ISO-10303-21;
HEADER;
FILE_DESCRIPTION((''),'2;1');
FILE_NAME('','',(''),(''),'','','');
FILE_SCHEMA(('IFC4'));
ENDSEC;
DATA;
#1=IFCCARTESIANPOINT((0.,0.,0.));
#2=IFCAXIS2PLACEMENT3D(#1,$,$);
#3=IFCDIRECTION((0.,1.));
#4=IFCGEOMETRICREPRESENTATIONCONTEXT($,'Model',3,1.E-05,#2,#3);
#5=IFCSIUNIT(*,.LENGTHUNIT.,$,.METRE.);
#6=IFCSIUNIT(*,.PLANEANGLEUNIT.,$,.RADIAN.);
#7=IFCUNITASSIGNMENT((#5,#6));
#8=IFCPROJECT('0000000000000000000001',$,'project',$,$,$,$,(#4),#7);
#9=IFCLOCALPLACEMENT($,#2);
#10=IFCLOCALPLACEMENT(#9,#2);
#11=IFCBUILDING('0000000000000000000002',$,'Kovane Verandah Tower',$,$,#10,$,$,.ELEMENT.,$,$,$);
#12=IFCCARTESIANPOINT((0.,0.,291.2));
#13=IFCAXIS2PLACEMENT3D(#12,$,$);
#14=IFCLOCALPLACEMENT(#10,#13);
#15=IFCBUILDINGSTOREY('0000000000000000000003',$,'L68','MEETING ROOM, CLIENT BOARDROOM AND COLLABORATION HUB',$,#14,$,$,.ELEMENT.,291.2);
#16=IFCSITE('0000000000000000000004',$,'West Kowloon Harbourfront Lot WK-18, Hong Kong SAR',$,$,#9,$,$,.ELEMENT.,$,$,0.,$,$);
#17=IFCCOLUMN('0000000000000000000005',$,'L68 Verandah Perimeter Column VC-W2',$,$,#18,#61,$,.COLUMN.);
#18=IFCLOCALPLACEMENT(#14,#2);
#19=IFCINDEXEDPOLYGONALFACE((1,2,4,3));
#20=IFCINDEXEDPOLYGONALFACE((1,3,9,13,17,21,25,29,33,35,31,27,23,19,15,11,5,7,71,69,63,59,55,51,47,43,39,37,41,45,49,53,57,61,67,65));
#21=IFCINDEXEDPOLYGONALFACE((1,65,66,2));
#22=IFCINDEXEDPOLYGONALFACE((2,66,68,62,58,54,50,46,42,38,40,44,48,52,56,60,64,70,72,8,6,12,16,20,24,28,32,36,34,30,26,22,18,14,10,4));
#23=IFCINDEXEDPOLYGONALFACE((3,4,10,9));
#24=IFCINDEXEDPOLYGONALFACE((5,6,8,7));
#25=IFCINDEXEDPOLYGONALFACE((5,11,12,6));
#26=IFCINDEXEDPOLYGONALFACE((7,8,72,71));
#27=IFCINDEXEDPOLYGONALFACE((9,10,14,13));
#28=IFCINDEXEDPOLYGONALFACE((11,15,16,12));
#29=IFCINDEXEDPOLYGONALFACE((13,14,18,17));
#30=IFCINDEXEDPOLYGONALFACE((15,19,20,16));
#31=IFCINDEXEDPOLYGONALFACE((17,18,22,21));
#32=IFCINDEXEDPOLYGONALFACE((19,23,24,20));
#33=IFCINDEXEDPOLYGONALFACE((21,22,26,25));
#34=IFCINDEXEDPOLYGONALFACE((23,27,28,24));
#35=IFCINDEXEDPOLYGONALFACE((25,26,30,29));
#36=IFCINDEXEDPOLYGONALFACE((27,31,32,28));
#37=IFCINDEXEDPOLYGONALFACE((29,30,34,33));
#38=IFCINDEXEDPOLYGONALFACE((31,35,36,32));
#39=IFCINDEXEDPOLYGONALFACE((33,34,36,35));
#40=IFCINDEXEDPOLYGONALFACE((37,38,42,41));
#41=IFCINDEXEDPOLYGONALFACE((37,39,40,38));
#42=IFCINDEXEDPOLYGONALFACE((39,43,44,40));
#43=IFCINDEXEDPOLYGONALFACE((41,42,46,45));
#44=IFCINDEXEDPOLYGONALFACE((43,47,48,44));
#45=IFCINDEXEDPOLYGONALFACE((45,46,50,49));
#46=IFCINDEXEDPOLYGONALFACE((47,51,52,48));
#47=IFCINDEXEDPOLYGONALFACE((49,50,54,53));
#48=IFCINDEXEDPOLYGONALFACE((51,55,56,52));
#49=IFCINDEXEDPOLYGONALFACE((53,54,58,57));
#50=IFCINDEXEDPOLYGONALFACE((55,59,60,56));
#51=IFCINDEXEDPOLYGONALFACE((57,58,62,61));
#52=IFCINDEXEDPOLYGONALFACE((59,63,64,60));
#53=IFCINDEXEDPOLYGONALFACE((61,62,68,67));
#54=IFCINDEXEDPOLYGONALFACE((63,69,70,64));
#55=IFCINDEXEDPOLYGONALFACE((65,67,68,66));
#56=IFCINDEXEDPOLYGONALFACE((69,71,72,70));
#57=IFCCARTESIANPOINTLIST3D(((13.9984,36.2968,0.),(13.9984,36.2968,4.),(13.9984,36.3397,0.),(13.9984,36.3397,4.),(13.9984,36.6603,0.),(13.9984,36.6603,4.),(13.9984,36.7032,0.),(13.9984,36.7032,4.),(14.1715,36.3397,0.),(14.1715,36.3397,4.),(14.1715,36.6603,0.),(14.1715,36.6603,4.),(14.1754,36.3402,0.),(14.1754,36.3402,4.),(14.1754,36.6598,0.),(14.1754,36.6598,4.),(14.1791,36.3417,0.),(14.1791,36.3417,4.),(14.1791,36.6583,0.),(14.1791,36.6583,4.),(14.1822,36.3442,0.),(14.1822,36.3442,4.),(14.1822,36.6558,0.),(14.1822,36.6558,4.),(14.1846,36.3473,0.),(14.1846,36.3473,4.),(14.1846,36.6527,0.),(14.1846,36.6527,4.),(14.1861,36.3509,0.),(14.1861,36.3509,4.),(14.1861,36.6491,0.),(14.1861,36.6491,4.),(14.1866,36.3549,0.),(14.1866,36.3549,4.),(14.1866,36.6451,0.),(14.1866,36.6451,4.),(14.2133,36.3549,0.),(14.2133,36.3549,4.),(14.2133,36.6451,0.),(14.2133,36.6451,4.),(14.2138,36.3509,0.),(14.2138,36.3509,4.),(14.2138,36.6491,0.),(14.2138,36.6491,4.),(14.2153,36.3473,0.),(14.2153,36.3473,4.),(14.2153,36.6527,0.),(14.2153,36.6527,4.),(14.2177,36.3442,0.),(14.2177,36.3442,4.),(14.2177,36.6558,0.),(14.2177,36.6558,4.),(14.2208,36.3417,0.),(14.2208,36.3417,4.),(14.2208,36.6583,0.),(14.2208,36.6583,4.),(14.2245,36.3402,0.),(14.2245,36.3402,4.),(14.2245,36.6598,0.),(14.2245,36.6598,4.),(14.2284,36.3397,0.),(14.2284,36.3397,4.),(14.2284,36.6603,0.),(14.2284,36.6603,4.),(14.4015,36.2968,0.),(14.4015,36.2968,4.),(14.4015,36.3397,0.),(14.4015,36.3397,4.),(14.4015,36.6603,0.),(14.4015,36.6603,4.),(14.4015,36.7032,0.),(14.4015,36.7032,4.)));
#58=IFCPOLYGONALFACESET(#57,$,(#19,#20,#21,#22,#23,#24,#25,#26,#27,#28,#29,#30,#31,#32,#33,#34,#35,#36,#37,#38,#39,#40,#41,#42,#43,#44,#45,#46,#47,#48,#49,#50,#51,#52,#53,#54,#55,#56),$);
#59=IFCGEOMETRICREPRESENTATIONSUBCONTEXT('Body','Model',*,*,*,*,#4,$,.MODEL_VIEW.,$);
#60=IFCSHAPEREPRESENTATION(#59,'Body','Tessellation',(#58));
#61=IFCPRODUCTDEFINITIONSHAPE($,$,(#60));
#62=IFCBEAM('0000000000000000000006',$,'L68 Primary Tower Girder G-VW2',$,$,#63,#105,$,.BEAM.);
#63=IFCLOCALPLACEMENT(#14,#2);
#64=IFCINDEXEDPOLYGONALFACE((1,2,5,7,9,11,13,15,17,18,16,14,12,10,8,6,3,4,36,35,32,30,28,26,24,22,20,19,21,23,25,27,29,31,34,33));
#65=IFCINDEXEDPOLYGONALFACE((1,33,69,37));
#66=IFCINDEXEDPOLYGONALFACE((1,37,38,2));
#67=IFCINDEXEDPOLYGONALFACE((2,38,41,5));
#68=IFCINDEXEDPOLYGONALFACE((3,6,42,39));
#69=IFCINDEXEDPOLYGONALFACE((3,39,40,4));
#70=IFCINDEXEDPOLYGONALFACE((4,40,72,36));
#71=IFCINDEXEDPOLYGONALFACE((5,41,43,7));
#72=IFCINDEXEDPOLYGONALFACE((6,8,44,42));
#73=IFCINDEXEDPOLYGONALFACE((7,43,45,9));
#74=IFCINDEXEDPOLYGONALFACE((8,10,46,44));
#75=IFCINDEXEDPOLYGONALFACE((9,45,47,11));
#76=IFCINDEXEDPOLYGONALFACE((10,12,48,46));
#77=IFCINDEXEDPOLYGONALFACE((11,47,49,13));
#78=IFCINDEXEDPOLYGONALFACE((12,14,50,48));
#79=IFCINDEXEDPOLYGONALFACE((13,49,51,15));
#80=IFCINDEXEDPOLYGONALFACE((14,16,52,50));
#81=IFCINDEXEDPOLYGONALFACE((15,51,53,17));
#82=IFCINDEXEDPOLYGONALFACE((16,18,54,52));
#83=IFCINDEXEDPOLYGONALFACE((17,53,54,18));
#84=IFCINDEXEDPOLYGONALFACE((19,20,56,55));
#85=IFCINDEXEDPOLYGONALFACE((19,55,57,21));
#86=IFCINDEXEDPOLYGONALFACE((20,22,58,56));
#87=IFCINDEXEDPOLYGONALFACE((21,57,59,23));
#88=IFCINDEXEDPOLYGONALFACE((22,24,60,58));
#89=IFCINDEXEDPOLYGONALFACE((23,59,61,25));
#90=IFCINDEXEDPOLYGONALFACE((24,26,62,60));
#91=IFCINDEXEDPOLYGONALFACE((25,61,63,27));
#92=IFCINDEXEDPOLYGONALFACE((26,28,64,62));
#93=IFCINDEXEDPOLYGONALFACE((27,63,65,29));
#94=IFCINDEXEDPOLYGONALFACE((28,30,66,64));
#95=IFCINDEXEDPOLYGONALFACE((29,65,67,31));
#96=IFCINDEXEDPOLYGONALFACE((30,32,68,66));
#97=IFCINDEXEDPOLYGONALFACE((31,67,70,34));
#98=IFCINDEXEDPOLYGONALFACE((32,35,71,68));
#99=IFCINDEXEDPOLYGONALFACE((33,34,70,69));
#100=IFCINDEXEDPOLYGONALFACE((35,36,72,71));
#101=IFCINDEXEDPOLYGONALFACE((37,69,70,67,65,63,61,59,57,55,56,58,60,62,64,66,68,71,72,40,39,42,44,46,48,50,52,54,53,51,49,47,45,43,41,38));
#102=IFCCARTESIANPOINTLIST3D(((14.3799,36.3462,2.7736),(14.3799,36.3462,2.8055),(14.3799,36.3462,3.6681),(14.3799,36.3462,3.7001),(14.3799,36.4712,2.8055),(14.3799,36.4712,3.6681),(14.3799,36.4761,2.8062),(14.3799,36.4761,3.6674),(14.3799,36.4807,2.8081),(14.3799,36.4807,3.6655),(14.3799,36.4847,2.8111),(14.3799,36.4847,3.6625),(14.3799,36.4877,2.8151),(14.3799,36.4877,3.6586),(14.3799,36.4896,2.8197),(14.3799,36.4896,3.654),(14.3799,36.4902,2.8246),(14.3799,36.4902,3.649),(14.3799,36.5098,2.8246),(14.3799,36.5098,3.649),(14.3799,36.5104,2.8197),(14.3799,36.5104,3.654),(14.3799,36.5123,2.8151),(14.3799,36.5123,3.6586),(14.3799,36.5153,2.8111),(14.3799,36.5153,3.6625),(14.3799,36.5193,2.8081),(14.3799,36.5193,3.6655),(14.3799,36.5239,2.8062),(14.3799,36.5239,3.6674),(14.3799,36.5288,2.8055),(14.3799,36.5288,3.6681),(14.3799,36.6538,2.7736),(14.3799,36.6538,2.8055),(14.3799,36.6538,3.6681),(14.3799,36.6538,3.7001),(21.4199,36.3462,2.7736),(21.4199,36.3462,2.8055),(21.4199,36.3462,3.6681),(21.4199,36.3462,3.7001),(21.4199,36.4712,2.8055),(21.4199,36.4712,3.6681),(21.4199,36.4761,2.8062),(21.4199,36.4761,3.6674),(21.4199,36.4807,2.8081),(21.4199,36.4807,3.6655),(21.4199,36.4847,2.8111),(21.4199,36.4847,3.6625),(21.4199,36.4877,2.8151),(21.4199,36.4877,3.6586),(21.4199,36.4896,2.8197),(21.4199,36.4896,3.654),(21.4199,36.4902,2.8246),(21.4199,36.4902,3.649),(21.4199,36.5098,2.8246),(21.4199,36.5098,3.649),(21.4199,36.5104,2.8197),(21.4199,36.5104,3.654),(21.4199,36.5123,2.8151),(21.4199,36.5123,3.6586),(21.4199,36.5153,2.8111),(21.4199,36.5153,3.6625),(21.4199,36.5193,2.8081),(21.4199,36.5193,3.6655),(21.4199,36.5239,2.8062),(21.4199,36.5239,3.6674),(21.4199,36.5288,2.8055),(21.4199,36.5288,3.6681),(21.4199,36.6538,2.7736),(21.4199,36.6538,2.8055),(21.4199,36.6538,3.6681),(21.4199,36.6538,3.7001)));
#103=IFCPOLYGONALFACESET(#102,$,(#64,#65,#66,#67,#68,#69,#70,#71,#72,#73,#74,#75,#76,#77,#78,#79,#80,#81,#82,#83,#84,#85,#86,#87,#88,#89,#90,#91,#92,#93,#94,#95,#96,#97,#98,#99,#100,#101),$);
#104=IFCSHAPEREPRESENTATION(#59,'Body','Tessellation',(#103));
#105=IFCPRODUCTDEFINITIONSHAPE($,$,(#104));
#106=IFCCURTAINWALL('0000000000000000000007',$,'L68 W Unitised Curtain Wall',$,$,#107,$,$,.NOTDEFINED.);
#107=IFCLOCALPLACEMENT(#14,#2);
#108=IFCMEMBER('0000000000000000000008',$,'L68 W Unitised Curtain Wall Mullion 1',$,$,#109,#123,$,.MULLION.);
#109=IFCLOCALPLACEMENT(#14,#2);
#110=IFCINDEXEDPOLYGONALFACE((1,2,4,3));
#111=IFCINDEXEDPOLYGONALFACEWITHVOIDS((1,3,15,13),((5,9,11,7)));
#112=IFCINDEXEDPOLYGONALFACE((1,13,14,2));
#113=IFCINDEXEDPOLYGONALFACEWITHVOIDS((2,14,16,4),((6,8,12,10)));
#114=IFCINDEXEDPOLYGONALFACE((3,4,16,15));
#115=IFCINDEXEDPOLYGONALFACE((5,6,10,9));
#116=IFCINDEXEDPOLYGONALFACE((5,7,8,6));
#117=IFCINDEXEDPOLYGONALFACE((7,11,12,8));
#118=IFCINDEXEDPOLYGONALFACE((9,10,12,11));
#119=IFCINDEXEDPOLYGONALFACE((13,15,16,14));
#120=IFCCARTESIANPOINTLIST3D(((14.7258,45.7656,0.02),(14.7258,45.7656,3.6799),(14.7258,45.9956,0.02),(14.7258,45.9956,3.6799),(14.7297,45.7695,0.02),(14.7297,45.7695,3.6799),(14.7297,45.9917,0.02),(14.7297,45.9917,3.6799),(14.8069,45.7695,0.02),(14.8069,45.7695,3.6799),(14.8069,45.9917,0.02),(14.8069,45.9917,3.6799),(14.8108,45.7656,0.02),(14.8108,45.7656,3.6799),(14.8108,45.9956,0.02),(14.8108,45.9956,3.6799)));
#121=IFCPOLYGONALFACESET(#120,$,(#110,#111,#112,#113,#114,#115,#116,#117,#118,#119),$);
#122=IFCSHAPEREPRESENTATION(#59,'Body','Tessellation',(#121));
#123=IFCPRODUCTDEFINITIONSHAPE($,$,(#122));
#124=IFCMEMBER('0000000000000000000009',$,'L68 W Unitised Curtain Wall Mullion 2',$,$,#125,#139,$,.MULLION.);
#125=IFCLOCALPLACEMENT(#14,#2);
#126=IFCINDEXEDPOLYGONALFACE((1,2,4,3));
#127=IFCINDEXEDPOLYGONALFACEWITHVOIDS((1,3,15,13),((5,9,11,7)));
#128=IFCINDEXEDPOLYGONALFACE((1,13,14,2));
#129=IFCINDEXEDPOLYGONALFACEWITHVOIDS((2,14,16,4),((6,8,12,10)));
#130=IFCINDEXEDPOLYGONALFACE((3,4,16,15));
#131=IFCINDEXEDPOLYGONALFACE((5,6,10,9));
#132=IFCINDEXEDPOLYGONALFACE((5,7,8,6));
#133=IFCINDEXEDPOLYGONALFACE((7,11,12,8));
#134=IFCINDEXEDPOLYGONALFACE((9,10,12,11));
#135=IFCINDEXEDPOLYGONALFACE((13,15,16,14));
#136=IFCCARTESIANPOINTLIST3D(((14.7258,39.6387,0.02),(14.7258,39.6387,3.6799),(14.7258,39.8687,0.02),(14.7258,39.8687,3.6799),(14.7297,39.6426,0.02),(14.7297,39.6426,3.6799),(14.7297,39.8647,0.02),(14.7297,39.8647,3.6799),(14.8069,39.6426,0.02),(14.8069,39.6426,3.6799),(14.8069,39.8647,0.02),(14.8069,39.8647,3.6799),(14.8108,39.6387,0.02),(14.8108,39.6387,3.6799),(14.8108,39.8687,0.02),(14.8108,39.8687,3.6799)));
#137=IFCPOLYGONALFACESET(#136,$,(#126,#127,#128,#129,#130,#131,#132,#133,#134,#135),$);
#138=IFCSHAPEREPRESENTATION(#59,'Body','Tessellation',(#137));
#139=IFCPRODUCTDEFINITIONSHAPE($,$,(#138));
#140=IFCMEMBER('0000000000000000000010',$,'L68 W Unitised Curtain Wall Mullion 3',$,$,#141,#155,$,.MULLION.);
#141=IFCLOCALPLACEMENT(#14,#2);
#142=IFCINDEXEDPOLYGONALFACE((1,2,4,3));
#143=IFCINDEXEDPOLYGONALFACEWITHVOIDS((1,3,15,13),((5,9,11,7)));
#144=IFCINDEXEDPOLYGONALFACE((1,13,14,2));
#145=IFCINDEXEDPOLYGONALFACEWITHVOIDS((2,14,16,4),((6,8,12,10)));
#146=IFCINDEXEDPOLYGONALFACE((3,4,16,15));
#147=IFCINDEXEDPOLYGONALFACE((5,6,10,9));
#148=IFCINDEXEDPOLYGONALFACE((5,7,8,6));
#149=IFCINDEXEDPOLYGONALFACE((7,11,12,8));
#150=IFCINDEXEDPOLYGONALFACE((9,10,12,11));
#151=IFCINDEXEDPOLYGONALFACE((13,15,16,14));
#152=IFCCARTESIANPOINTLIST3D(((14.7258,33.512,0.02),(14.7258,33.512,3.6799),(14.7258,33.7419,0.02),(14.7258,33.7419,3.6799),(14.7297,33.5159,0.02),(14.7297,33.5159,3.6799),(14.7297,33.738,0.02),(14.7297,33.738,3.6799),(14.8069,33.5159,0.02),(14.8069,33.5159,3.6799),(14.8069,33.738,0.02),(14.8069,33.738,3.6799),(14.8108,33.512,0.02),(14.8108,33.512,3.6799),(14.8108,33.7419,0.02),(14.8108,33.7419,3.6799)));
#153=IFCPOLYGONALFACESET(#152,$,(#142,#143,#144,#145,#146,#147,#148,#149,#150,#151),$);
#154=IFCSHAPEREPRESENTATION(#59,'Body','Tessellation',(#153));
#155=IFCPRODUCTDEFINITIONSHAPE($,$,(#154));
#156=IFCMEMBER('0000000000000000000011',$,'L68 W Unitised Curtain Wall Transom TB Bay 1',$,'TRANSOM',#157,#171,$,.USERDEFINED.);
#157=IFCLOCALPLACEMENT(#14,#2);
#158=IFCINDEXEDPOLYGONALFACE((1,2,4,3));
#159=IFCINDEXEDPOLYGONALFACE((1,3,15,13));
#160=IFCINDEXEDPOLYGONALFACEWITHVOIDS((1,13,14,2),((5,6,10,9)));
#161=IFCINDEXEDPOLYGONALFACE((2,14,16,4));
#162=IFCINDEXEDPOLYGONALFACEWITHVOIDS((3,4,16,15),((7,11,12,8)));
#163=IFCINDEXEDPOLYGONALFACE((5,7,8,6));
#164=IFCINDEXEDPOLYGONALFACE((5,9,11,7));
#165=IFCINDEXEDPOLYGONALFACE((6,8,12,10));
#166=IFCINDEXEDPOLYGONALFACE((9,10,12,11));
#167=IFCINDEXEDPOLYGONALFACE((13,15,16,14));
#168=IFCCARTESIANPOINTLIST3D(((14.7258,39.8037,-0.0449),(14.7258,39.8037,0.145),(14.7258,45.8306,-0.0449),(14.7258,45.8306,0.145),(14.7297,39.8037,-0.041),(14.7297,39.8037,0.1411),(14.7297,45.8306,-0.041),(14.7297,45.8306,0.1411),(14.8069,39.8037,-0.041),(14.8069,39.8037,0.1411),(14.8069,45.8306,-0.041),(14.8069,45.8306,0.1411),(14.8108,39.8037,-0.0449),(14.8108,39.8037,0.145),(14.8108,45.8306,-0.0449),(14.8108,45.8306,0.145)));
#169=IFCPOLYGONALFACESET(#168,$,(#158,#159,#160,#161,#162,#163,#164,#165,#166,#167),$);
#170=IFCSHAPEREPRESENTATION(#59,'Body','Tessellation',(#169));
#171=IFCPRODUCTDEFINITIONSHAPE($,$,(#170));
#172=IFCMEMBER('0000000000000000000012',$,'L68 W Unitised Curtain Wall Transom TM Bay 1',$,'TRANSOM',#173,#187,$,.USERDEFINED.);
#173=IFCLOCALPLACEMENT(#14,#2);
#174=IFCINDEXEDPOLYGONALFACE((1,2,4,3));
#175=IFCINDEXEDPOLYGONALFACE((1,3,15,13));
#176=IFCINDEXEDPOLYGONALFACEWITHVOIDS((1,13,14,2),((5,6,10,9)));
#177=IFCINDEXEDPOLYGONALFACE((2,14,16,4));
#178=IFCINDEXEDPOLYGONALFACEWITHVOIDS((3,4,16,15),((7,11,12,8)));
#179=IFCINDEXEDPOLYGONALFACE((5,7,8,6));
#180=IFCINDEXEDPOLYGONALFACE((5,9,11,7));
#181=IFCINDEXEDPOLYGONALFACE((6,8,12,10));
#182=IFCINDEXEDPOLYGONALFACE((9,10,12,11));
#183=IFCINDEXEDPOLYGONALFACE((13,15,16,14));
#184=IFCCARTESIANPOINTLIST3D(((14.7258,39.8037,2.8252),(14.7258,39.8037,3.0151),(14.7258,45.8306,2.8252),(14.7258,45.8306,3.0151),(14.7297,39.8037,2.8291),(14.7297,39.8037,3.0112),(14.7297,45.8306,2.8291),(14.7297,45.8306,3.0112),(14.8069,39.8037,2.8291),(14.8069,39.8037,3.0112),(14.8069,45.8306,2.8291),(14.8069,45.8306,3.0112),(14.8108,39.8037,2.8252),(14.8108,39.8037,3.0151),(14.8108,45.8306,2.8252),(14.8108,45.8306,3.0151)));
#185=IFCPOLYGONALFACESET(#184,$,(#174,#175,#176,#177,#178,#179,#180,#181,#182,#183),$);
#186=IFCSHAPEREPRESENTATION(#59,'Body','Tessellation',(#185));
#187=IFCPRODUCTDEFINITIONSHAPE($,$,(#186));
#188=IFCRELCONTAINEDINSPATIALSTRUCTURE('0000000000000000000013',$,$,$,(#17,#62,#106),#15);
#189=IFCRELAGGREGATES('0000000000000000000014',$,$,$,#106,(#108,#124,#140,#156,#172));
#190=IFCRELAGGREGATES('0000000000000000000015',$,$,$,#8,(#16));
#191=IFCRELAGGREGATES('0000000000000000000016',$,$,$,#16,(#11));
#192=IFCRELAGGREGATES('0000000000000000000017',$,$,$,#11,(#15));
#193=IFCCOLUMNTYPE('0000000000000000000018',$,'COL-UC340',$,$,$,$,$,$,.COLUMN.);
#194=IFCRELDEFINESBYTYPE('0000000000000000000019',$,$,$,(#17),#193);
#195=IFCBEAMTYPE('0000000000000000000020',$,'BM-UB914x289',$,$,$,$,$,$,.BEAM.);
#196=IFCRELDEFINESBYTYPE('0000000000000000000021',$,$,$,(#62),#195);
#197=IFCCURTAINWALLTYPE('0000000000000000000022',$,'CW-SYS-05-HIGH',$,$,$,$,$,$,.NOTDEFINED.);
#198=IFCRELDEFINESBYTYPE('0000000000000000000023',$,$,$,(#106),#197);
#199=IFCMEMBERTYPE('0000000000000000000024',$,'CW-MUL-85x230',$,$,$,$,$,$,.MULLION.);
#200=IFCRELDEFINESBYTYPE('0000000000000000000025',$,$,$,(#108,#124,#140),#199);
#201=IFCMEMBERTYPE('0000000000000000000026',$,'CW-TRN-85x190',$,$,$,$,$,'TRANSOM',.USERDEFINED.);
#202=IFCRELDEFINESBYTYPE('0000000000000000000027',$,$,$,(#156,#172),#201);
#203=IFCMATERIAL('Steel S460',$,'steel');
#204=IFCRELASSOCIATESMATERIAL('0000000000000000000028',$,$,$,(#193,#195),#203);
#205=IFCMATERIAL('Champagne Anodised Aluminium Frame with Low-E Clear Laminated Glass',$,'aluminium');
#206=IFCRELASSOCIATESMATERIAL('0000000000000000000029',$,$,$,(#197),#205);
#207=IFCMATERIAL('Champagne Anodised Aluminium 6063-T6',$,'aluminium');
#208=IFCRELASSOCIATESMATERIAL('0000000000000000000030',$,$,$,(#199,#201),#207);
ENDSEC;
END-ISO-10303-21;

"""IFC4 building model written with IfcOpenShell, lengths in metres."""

from ifc_helpers import new_model, si_unit, direction, frame, origin, origin_2d, place, context, subcontext, project, spatial, hollow_rectangle, i_section, extrude, material, material_profile, profile_set, type_object, element, aggregate, save


model = new_model("IFC4")

# Units and contexts
model_context = context("Model", 3, precision=1e-05, world=origin(), true_north=direction((0.0, 1.0)))
body_context = subcontext(model_context, "Body", "Model", "MODEL_VIEW")
ifc_project = project(units=[si_unit("LENGTHUNIT", "METRE"), si_unit("PLANEANGLEUNIT", "RADIAN")], contexts=[model_context])

# Site, building, storey
site_placement = place(None, origin())
site = spatial("IfcSite", under=ifc_project, at=site_placement, Name="West Kowloon Harbourfront Lot WK-18, Hong Kong SAR", CompositionType="ELEMENT", RefElevation=0.0)
building_placement = place(site_placement, origin())
building = spatial("IfcBuilding", under=site, at=building_placement, Name="Kovane Verandah Tower", CompositionType="ELEMENT")
storey_placement = place(building_placement, frame((0.0, 0.0, 291.2)))
storey = spatial("IfcBuildingStorey", under=building, at=storey_placement, Name="L68", Description="MEETING ROOM, CLIENT BOARDROOM AND COLLABORATION HUB", CompositionType="ELEMENT", Elevation=291.2)

# Column
ifc_material_1 = material(Name="Steel S460", Category="steel")
ifc_material_profile_1 = material_profile(ifc_material_1, i_section(OverallWidth=0.4031, OverallDepth=0.4065, WebThickness=0.0266, FlangeThickness=0.043, FilletRadius=0.0151, at=origin_2d()), Name="UC356x406x340")
ifc_profile_set_1 = profile_set([ifc_material_profile_1], Name="Steel S460")
column_type = type_object("IfcColumnType", Name="COL-UC340", PredefinedType="COLUMN", material=ifc_profile_set_1)
column_placement = place(storey_placement, frame((14.2, 36.5, 0.0), z_axis=(0.0, 0.0, 1.0), x_axis=(1.0, 0.0, 0.0)))
element("IfcColumn", 1, at=column_placement, inside=storey, type_object=column_type, Name="L68 Verandah Perimeter Column VC-W2", PredefinedType="COLUMN", context=body_context, shape_type="SweptSolid", body=[
    extrude(i_section(OverallWidth=0.4031, OverallDepth=0.4065, WebThickness=0.0266, FlangeThickness=0.043, FilletRadius=0.0151, at=origin_2d()), origin(), (0.0, 0.0, 1.0), 4.0),
])

# Beam
ifc_material_profile_2 = material_profile(ifc_material_1, i_section(OverallWidth=0.3076, OverallDepth=0.9265, WebThickness=0.0195, FlangeThickness=0.032, FilletRadius=0.019, at=origin_2d()), Name="UB914x305x289")
ifc_profile_set_2 = profile_set([ifc_material_profile_2], Name="Steel S460")
beam_type = type_object("IfcBeamType", Name="BM-UB914x289", PredefinedType="BEAM", material=ifc_profile_set_2)
beam_placement = place(storey_placement, frame((21.4199, 36.5, 3.2368), z_axis=(-1.0, 0.0, 0.0), x_axis=(0.0, -1.0, 0.0)))
element("IfcBeam", 2, at=beam_placement, inside=storey, type_object=beam_type, Name="L68 Primary Tower Girder G-VW2", PredefinedType="BEAM", context=body_context, shape_type="SweptSolid", body=[
    extrude(i_section(OverallWidth=0.3076, OverallDepth=0.9265, WebThickness=0.0195, FlangeThickness=0.032, FilletRadius=0.019, at=origin_2d()), origin(), (0.0, 0.0, 1.0), 7.04),
])

# Curtain wall, members
ifc_material_2 = material(Name="Champagne Anodised Aluminium Frame with Low-E Clear Laminated Glass", Category="aluminium")
curtain_wall_type = type_object("IfcCurtainWallType", Name="CW-SYS-05-HIGH", PredefinedType="NOTDEFINED", material=ifc_material_2)
curtain_wall_placement = place(storey_placement, origin())
curtain_wall = element("IfcCurtainWall", 3, at=curtain_wall_placement, inside=storey, type_object=curtain_wall_type, Name="L68 W Unitised Curtain Wall", PredefinedType="NOTDEFINED")
ifc_material_3 = material(Name="Champagne Anodised Aluminium 6063-T6", Category="aluminium")
ifc_material_profile_3 = material_profile(ifc_material_3, hollow_rectangle(XDim=0.085, YDim=0.23, WallThickness=0.0039, at=origin_2d()), Name="AL85x230x4")
ifc_profile_set_3 = profile_set([ifc_material_profile_3], Name="Champagne Anodised Aluminium 6063-T6")
member_type_1 = type_object("IfcMemberType", Name="CW-MUL-85x230", PredefinedType="MULLION", material=ifc_profile_set_3)
member_1_placement = place(storey_placement, frame((14.7683, 45.8806, 0.02), z_axis=(0.0, 0.0, 1.0), x_axis=(-1.0, 0.0, 0.0)))
member_1 = element("IfcMember", 4, at=member_1_placement, type_object=member_type_1, Name="L68 W Unitised Curtain Wall Mullion 1", PredefinedType="MULLION", context=body_context, shape_type="SweptSolid", body=[
    extrude(hollow_rectangle(XDim=0.085, YDim=0.23, WallThickness=0.0039, at=origin_2d()), origin(), (0.0, 0.0, 1.0), 3.6599),
])
member_2_placement = place(storey_placement, frame((14.7683, 39.7537, 0.02), z_axis=(0.0, 0.0, 1.0), x_axis=(-1.0, 0.0, 0.0)))
member_2 = element("IfcMember", 5, at=member_2_placement, type_object=member_type_1, Name="L68 W Unitised Curtain Wall Mullion 2", PredefinedType="MULLION", context=body_context, shape_type="SweptSolid", body=[
    extrude(hollow_rectangle(XDim=0.085, YDim=0.23, WallThickness=0.0039, at=origin_2d()), origin(), (0.0, 0.0, 1.0), 3.6599),
])
member_3_placement = place(storey_placement, frame((14.7683, 33.627, 0.02), z_axis=(0.0, 0.0, 1.0), x_axis=(-1.0, 0.0, 0.0)))
member_3 = element("IfcMember", 6, at=member_3_placement, type_object=member_type_1, Name="L68 W Unitised Curtain Wall Mullion 3", PredefinedType="MULLION", context=body_context, shape_type="SweptSolid", body=[
    extrude(hollow_rectangle(XDim=0.085, YDim=0.23, WallThickness=0.0039, at=origin_2d()), origin(), (0.0, 0.0, 1.0), 3.6599),
])
ifc_material_profile_4 = material_profile(ifc_material_3, hollow_rectangle(XDim=0.085, YDim=0.1899, WallThickness=0.0039, at=origin_2d()), Name="AL85x190x4")
ifc_profile_set_4 = profile_set([ifc_material_profile_4], Name="Champagne Anodised Aluminium 6063-T6")
member_type_2 = type_object("IfcMemberType", Name="CW-TRN-85x190", ElementType="TRANSOM", PredefinedType="USERDEFINED", material=ifc_profile_set_4)
member_4_placement = place(storey_placement, frame((14.7683, 45.8306, 0.05), z_axis=(0.0, -1.0, 0.0), x_axis=(1.0, 0.0, 0.0)))
member_4 = element("IfcMember", 7, at=member_4_placement, type_object=member_type_2, Name="L68 W Unitised Curtain Wall Transom TB Bay 1", ObjectType="TRANSOM", PredefinedType="USERDEFINED", context=body_context, shape_type="SweptSolid", body=[
    extrude(hollow_rectangle(XDim=0.085, YDim=0.1899, WallThickness=0.0039, at=origin_2d()), origin(), (0.0, 0.0, 1.0), 6.0269),
])
member_5_placement = place(storey_placement, frame((14.7683, 45.8306, 2.9202), z_axis=(0.0, -1.0, 0.0), x_axis=(1.0, 0.0, 0.0)))
member_5 = element("IfcMember", 8, at=member_5_placement, type_object=member_type_2, Name="L68 W Unitised Curtain Wall Transom TM Bay 1", ObjectType="TRANSOM", PredefinedType="USERDEFINED", context=body_context, shape_type="SweptSolid", body=[
    extrude(hollow_rectangle(XDim=0.085, YDim=0.1899, WallThickness=0.0039, at=origin_2d()), origin(), (0.0, 0.0, 1.0), 6.0269),
])
aggregate(curtain_wall, [member_1, member_2, member_3, member_4, member_5])

save(model, "model.ifc")
